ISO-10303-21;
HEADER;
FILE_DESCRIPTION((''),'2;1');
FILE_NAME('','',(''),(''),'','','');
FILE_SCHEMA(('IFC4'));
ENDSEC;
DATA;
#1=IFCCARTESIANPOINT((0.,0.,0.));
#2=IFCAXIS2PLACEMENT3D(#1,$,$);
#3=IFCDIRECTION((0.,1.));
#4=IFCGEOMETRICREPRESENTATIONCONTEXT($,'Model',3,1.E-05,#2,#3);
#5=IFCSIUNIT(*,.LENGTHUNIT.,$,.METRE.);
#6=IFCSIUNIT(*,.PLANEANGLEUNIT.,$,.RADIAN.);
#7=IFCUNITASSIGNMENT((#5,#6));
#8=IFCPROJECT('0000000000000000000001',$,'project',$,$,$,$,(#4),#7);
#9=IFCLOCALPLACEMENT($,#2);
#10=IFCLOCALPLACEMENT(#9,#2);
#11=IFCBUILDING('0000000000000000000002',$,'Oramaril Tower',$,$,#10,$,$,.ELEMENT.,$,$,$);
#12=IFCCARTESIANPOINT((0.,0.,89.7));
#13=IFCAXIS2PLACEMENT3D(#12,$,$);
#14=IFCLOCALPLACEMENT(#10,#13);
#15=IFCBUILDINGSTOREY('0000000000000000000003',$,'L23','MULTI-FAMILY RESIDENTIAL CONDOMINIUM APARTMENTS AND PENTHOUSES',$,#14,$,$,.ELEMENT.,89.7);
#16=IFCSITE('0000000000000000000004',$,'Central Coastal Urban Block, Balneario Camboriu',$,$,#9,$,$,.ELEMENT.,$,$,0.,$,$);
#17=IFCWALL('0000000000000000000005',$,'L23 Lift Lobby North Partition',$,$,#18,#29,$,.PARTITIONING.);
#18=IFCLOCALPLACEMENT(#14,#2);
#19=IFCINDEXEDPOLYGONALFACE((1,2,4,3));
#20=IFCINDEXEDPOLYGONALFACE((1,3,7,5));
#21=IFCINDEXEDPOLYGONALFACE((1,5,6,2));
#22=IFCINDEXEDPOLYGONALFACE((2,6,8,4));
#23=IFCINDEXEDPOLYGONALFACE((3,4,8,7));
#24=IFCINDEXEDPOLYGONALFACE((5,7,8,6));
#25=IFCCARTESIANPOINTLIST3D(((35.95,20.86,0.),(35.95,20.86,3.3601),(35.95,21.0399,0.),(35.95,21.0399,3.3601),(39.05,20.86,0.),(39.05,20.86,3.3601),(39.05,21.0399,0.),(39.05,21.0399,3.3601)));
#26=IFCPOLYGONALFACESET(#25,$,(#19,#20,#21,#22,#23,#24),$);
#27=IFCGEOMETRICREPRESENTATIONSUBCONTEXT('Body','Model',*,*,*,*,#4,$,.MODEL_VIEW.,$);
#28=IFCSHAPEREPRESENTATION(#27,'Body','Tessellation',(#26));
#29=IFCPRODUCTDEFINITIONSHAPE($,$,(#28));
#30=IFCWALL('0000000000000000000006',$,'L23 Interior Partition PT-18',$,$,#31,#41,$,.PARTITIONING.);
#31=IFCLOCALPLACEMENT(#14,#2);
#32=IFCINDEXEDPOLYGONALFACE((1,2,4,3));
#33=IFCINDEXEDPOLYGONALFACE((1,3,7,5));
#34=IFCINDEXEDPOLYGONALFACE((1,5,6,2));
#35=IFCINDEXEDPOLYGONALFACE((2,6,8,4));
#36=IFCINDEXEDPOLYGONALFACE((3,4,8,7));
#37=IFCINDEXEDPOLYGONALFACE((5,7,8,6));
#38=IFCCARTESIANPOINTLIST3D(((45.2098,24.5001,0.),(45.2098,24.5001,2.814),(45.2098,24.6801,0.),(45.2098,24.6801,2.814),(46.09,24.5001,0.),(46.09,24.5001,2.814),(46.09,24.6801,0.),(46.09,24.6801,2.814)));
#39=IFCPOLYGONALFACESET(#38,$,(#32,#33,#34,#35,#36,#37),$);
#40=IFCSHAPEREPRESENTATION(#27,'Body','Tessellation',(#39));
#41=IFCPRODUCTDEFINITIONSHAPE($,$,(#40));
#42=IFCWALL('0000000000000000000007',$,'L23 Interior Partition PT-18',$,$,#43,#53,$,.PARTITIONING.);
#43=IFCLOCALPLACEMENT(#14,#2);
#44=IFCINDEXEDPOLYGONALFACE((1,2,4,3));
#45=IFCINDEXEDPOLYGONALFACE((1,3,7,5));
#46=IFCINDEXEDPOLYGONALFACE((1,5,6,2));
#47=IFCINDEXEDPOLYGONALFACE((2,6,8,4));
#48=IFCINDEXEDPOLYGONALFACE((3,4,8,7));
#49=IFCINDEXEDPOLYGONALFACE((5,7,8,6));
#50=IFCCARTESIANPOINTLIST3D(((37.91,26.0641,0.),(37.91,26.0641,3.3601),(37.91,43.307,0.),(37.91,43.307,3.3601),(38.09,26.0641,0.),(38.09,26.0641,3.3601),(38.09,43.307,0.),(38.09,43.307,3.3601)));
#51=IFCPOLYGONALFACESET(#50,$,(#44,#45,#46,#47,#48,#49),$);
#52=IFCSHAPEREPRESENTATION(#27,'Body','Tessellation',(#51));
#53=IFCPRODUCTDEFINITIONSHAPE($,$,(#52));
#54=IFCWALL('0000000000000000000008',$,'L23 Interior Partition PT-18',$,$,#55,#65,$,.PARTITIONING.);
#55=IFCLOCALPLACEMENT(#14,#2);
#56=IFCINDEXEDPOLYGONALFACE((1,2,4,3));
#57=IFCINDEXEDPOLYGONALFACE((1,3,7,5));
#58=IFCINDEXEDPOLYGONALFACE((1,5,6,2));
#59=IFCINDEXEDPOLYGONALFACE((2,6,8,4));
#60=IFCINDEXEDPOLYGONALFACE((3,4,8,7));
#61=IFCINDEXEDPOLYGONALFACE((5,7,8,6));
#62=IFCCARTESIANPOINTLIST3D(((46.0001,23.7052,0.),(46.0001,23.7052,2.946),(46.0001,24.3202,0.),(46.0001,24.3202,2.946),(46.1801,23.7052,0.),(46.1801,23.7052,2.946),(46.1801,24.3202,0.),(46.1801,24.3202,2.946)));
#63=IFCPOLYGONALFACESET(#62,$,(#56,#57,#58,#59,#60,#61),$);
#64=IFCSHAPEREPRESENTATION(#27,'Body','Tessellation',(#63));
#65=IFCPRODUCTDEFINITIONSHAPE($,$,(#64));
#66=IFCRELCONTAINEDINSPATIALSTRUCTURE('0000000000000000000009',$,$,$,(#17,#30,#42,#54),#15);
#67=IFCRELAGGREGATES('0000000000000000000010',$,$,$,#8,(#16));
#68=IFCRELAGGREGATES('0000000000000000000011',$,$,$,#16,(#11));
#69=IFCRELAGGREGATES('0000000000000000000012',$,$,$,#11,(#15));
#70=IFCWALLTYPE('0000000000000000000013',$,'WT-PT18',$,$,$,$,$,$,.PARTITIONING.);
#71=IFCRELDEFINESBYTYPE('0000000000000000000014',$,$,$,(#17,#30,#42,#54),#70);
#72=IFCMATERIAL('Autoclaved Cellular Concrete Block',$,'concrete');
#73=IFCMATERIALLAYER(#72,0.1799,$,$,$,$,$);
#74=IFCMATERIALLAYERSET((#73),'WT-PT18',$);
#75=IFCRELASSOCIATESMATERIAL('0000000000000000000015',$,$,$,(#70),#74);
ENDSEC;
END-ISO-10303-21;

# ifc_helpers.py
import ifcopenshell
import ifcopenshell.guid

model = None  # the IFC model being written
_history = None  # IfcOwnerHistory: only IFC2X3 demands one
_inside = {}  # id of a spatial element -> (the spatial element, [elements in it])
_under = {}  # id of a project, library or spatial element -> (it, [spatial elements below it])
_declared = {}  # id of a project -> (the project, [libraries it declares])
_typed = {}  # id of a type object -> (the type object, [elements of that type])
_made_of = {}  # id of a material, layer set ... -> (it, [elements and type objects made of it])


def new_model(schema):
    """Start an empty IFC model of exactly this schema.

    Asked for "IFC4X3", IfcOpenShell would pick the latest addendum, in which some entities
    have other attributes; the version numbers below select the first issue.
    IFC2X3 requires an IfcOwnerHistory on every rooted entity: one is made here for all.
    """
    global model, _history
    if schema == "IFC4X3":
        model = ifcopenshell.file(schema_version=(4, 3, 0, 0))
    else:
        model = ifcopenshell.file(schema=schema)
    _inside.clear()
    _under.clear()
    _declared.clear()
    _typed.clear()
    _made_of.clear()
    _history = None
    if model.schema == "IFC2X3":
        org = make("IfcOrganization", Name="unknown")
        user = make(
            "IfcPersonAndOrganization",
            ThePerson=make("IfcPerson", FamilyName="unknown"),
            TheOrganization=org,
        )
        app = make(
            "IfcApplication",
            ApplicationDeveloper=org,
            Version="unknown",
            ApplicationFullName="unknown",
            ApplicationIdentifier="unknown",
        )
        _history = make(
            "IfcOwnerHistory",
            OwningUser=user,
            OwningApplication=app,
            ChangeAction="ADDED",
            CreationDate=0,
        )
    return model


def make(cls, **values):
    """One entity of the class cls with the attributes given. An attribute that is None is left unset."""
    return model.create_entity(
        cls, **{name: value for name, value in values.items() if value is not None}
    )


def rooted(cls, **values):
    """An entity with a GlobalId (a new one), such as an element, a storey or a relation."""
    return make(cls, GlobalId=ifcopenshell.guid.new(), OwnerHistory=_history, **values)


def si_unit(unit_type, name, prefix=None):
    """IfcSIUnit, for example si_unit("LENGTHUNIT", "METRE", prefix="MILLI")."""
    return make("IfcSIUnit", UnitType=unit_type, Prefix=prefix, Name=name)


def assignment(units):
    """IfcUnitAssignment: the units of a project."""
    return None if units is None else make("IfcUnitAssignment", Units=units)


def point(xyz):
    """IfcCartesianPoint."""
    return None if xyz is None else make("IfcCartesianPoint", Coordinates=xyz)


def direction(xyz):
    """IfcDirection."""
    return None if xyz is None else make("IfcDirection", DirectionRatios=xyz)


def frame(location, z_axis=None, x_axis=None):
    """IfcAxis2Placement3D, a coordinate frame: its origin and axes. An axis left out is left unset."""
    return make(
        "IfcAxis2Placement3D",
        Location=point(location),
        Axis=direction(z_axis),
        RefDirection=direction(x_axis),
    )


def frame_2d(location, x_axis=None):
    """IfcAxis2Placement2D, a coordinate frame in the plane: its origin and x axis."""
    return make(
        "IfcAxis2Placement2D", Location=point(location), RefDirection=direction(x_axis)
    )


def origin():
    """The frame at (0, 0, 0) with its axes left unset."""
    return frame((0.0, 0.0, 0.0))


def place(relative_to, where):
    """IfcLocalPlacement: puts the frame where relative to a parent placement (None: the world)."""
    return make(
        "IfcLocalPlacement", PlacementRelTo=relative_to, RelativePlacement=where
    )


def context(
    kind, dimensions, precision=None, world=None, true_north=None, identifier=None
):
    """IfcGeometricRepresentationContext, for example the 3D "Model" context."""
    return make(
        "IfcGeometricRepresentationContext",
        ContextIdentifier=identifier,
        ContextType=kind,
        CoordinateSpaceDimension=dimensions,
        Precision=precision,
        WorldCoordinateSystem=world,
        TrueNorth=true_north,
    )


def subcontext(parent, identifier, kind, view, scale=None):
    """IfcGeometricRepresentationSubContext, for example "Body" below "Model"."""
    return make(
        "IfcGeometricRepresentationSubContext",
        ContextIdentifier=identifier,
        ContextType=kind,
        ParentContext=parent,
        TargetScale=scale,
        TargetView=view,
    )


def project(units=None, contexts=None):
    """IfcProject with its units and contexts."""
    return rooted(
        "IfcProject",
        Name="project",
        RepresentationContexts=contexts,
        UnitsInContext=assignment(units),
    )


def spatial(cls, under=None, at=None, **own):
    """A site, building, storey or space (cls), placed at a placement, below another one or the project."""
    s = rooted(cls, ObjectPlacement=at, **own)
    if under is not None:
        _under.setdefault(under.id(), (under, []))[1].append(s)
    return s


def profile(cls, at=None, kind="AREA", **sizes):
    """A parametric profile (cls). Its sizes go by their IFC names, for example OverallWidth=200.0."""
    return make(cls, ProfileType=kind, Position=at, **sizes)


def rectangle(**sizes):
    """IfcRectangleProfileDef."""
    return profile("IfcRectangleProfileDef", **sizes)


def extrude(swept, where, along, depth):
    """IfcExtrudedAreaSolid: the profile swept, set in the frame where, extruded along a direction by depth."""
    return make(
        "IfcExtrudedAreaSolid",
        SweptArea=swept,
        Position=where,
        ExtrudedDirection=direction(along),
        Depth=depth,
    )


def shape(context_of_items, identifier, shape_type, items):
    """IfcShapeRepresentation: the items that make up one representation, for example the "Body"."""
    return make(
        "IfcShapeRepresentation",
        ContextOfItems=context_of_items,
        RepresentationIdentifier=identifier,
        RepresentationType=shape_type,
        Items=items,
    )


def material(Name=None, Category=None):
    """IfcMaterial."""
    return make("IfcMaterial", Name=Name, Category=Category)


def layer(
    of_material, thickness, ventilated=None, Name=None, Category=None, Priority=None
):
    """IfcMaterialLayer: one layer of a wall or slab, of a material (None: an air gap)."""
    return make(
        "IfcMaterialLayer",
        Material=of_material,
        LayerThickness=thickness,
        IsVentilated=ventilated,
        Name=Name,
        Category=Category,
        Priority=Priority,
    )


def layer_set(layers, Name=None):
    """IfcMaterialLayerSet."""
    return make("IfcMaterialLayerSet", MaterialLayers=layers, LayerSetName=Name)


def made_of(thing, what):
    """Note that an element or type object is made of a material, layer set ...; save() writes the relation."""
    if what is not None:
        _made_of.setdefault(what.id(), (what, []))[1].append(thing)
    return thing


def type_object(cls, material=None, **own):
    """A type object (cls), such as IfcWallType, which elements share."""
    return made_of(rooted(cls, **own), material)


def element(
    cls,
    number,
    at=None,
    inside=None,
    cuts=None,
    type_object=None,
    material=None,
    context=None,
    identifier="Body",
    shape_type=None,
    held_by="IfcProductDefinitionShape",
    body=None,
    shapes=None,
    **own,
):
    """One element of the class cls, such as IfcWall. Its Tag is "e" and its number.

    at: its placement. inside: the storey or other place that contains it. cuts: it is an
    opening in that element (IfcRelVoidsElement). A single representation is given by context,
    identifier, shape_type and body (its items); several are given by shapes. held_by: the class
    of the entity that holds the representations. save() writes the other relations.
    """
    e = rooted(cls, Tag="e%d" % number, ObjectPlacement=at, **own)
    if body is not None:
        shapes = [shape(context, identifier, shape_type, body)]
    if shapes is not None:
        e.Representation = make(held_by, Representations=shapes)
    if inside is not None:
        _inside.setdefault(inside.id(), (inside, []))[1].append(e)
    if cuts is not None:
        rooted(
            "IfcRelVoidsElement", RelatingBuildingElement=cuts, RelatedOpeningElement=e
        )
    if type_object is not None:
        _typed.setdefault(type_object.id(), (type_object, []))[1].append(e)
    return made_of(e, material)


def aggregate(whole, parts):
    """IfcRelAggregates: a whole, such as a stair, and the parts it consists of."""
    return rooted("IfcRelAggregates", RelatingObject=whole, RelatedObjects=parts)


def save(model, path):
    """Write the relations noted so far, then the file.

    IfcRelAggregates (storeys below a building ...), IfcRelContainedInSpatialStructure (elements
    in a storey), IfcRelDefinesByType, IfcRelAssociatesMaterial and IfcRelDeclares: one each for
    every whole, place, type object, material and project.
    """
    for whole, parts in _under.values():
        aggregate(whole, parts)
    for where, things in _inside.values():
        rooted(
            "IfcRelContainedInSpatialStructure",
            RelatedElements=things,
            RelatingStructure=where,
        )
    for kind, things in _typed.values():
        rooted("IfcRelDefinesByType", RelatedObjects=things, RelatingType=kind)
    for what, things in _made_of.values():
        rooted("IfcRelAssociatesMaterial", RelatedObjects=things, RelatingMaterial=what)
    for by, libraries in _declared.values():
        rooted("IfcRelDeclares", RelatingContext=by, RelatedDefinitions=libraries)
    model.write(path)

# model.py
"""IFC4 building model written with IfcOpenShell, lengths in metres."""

from ifc_helpers import new_model, si_unit, direction, frame, frame_2d, origin, place, context, subcontext, project, spatial, rectangle, extrude, material, layer, layer_set, type_object, element, save


model = new_model("IFC4")

# Units and contexts
model_context = context("Model", 3, precision=1e-05, world=origin(), true_north=direction((0.0, 1.0)))
body_context = subcontext(model_context, "Body", "Model", "MODEL_VIEW")
ifc_project = project(units=[si_unit("LENGTHUNIT", "METRE"), si_unit("PLANEANGLEUNIT", "RADIAN")], contexts=[model_context])

# Site, building, storey
site_placement = place(None, origin())
site = spatial("IfcSite", under=ifc_project, at=site_placement, Name="Central Coastal Urban Block, Balneario Camboriu", CompositionType="ELEMENT", RefElevation=0.0)
building_placement = place(site_placement, origin())
building = spatial("IfcBuilding", under=site, at=building_placement, Name="Oramaril Tower", CompositionType="ELEMENT")
storey_placement = place(building_placement, frame((0.0, 0.0, 89.7)))
storey = spatial("IfcBuildingStorey", under=building, at=storey_placement, Name="L23", Description="MULTI-FAMILY RESIDENTIAL CONDOMINIUM APARTMENTS AND PENTHOUSES", CompositionType="ELEMENT", Elevation=89.7)

# Walls
ifc_material_1 = material(Name="Autoclaved Cellular Concrete Block", Category="concrete")
ifc_layer_1 = layer(ifc_material_1, 0.1799)
ifc_layer_set_1 = layer_set([ifc_layer_1], Name="WT-PT18")
wall_type_1 = type_object("IfcWallType", Name="WT-PT18", PredefinedType="PARTITIONING", material=ifc_layer_set_1)
wall_1_placement = place(storey_placement, frame((35.95, 20.95, 0.0), z_axis=(0.0, 0.0, 1.0), x_axis=(1.0, 0.0, 0.0)))
element("IfcWall", 1, at=wall_1_placement, inside=storey, type_object=wall_type_1, Name="L23 Lift Lobby North Partition", PredefinedType="PARTITIONING", context=body_context, shape_type="SweptSolid", body=[
    extrude(rectangle(XDim=3.1001, YDim=0.1799, at=frame_2d((1.55, 0.0))), origin(), (0.0, 0.0, 1.0), 3.3601),
])
wall_2_placement = place(storey_placement, frame((45.21, 24.5901, 0.0), z_axis=(0.0, 0.0, 1.0), x_axis=(1.0, 0.0, 0.0)))
element("IfcWall", 2, at=wall_2_placement, inside=storey, type_object=wall_type_1, Name="L23 Interior Partition PT-18", PredefinedType="PARTITIONING", context=body_context, shape_type="SweptSolid", body=[
    extrude(rectangle(XDim=0.8801, YDim=0.1799, at=frame_2d((0.4399, 0.0))), origin(), (0.0, 0.0, 1.0), 2.814),
])
wall_3_placement = place(storey_placement, frame((38.0, 26.064, 0.0), z_axis=(0.0, 0.0, 1.0), x_axis=(0.0, 1.0, 0.0)))
element("IfcWall", 3, at=wall_3_placement, inside=storey, type_object=wall_type_1, Name="L23 Interior Partition PT-18", PredefinedType="PARTITIONING", context=body_context, shape_type="SweptSolid", body=[
    extrude(rectangle(XDim=17.2429, YDim=0.1799, at=frame_2d((8.6216, 0.0))), origin(), (0.0, 0.0, 1.0), 3.3601),
])
wall_4_placement = place(storey_placement, frame((46.0901, 23.7051, 0.0), z_axis=(0.0, 0.0, 1.0), x_axis=(0.0, 1.0, 0.0)))
element("IfcWall", 4, at=wall_4_placement, inside=storey, type_object=wall_type_1, Name="L23 Interior Partition PT-18", PredefinedType="PARTITIONING", context=body_context, shape_type="SweptSolid", body=[
    extrude(rectangle(XDim=0.615, YDim=0.1799, at=frame_2d((0.3076, 0.0))), origin(), (0.0, 0.0, 1.0), 2.946),
])

save(model, "model.ifc")
